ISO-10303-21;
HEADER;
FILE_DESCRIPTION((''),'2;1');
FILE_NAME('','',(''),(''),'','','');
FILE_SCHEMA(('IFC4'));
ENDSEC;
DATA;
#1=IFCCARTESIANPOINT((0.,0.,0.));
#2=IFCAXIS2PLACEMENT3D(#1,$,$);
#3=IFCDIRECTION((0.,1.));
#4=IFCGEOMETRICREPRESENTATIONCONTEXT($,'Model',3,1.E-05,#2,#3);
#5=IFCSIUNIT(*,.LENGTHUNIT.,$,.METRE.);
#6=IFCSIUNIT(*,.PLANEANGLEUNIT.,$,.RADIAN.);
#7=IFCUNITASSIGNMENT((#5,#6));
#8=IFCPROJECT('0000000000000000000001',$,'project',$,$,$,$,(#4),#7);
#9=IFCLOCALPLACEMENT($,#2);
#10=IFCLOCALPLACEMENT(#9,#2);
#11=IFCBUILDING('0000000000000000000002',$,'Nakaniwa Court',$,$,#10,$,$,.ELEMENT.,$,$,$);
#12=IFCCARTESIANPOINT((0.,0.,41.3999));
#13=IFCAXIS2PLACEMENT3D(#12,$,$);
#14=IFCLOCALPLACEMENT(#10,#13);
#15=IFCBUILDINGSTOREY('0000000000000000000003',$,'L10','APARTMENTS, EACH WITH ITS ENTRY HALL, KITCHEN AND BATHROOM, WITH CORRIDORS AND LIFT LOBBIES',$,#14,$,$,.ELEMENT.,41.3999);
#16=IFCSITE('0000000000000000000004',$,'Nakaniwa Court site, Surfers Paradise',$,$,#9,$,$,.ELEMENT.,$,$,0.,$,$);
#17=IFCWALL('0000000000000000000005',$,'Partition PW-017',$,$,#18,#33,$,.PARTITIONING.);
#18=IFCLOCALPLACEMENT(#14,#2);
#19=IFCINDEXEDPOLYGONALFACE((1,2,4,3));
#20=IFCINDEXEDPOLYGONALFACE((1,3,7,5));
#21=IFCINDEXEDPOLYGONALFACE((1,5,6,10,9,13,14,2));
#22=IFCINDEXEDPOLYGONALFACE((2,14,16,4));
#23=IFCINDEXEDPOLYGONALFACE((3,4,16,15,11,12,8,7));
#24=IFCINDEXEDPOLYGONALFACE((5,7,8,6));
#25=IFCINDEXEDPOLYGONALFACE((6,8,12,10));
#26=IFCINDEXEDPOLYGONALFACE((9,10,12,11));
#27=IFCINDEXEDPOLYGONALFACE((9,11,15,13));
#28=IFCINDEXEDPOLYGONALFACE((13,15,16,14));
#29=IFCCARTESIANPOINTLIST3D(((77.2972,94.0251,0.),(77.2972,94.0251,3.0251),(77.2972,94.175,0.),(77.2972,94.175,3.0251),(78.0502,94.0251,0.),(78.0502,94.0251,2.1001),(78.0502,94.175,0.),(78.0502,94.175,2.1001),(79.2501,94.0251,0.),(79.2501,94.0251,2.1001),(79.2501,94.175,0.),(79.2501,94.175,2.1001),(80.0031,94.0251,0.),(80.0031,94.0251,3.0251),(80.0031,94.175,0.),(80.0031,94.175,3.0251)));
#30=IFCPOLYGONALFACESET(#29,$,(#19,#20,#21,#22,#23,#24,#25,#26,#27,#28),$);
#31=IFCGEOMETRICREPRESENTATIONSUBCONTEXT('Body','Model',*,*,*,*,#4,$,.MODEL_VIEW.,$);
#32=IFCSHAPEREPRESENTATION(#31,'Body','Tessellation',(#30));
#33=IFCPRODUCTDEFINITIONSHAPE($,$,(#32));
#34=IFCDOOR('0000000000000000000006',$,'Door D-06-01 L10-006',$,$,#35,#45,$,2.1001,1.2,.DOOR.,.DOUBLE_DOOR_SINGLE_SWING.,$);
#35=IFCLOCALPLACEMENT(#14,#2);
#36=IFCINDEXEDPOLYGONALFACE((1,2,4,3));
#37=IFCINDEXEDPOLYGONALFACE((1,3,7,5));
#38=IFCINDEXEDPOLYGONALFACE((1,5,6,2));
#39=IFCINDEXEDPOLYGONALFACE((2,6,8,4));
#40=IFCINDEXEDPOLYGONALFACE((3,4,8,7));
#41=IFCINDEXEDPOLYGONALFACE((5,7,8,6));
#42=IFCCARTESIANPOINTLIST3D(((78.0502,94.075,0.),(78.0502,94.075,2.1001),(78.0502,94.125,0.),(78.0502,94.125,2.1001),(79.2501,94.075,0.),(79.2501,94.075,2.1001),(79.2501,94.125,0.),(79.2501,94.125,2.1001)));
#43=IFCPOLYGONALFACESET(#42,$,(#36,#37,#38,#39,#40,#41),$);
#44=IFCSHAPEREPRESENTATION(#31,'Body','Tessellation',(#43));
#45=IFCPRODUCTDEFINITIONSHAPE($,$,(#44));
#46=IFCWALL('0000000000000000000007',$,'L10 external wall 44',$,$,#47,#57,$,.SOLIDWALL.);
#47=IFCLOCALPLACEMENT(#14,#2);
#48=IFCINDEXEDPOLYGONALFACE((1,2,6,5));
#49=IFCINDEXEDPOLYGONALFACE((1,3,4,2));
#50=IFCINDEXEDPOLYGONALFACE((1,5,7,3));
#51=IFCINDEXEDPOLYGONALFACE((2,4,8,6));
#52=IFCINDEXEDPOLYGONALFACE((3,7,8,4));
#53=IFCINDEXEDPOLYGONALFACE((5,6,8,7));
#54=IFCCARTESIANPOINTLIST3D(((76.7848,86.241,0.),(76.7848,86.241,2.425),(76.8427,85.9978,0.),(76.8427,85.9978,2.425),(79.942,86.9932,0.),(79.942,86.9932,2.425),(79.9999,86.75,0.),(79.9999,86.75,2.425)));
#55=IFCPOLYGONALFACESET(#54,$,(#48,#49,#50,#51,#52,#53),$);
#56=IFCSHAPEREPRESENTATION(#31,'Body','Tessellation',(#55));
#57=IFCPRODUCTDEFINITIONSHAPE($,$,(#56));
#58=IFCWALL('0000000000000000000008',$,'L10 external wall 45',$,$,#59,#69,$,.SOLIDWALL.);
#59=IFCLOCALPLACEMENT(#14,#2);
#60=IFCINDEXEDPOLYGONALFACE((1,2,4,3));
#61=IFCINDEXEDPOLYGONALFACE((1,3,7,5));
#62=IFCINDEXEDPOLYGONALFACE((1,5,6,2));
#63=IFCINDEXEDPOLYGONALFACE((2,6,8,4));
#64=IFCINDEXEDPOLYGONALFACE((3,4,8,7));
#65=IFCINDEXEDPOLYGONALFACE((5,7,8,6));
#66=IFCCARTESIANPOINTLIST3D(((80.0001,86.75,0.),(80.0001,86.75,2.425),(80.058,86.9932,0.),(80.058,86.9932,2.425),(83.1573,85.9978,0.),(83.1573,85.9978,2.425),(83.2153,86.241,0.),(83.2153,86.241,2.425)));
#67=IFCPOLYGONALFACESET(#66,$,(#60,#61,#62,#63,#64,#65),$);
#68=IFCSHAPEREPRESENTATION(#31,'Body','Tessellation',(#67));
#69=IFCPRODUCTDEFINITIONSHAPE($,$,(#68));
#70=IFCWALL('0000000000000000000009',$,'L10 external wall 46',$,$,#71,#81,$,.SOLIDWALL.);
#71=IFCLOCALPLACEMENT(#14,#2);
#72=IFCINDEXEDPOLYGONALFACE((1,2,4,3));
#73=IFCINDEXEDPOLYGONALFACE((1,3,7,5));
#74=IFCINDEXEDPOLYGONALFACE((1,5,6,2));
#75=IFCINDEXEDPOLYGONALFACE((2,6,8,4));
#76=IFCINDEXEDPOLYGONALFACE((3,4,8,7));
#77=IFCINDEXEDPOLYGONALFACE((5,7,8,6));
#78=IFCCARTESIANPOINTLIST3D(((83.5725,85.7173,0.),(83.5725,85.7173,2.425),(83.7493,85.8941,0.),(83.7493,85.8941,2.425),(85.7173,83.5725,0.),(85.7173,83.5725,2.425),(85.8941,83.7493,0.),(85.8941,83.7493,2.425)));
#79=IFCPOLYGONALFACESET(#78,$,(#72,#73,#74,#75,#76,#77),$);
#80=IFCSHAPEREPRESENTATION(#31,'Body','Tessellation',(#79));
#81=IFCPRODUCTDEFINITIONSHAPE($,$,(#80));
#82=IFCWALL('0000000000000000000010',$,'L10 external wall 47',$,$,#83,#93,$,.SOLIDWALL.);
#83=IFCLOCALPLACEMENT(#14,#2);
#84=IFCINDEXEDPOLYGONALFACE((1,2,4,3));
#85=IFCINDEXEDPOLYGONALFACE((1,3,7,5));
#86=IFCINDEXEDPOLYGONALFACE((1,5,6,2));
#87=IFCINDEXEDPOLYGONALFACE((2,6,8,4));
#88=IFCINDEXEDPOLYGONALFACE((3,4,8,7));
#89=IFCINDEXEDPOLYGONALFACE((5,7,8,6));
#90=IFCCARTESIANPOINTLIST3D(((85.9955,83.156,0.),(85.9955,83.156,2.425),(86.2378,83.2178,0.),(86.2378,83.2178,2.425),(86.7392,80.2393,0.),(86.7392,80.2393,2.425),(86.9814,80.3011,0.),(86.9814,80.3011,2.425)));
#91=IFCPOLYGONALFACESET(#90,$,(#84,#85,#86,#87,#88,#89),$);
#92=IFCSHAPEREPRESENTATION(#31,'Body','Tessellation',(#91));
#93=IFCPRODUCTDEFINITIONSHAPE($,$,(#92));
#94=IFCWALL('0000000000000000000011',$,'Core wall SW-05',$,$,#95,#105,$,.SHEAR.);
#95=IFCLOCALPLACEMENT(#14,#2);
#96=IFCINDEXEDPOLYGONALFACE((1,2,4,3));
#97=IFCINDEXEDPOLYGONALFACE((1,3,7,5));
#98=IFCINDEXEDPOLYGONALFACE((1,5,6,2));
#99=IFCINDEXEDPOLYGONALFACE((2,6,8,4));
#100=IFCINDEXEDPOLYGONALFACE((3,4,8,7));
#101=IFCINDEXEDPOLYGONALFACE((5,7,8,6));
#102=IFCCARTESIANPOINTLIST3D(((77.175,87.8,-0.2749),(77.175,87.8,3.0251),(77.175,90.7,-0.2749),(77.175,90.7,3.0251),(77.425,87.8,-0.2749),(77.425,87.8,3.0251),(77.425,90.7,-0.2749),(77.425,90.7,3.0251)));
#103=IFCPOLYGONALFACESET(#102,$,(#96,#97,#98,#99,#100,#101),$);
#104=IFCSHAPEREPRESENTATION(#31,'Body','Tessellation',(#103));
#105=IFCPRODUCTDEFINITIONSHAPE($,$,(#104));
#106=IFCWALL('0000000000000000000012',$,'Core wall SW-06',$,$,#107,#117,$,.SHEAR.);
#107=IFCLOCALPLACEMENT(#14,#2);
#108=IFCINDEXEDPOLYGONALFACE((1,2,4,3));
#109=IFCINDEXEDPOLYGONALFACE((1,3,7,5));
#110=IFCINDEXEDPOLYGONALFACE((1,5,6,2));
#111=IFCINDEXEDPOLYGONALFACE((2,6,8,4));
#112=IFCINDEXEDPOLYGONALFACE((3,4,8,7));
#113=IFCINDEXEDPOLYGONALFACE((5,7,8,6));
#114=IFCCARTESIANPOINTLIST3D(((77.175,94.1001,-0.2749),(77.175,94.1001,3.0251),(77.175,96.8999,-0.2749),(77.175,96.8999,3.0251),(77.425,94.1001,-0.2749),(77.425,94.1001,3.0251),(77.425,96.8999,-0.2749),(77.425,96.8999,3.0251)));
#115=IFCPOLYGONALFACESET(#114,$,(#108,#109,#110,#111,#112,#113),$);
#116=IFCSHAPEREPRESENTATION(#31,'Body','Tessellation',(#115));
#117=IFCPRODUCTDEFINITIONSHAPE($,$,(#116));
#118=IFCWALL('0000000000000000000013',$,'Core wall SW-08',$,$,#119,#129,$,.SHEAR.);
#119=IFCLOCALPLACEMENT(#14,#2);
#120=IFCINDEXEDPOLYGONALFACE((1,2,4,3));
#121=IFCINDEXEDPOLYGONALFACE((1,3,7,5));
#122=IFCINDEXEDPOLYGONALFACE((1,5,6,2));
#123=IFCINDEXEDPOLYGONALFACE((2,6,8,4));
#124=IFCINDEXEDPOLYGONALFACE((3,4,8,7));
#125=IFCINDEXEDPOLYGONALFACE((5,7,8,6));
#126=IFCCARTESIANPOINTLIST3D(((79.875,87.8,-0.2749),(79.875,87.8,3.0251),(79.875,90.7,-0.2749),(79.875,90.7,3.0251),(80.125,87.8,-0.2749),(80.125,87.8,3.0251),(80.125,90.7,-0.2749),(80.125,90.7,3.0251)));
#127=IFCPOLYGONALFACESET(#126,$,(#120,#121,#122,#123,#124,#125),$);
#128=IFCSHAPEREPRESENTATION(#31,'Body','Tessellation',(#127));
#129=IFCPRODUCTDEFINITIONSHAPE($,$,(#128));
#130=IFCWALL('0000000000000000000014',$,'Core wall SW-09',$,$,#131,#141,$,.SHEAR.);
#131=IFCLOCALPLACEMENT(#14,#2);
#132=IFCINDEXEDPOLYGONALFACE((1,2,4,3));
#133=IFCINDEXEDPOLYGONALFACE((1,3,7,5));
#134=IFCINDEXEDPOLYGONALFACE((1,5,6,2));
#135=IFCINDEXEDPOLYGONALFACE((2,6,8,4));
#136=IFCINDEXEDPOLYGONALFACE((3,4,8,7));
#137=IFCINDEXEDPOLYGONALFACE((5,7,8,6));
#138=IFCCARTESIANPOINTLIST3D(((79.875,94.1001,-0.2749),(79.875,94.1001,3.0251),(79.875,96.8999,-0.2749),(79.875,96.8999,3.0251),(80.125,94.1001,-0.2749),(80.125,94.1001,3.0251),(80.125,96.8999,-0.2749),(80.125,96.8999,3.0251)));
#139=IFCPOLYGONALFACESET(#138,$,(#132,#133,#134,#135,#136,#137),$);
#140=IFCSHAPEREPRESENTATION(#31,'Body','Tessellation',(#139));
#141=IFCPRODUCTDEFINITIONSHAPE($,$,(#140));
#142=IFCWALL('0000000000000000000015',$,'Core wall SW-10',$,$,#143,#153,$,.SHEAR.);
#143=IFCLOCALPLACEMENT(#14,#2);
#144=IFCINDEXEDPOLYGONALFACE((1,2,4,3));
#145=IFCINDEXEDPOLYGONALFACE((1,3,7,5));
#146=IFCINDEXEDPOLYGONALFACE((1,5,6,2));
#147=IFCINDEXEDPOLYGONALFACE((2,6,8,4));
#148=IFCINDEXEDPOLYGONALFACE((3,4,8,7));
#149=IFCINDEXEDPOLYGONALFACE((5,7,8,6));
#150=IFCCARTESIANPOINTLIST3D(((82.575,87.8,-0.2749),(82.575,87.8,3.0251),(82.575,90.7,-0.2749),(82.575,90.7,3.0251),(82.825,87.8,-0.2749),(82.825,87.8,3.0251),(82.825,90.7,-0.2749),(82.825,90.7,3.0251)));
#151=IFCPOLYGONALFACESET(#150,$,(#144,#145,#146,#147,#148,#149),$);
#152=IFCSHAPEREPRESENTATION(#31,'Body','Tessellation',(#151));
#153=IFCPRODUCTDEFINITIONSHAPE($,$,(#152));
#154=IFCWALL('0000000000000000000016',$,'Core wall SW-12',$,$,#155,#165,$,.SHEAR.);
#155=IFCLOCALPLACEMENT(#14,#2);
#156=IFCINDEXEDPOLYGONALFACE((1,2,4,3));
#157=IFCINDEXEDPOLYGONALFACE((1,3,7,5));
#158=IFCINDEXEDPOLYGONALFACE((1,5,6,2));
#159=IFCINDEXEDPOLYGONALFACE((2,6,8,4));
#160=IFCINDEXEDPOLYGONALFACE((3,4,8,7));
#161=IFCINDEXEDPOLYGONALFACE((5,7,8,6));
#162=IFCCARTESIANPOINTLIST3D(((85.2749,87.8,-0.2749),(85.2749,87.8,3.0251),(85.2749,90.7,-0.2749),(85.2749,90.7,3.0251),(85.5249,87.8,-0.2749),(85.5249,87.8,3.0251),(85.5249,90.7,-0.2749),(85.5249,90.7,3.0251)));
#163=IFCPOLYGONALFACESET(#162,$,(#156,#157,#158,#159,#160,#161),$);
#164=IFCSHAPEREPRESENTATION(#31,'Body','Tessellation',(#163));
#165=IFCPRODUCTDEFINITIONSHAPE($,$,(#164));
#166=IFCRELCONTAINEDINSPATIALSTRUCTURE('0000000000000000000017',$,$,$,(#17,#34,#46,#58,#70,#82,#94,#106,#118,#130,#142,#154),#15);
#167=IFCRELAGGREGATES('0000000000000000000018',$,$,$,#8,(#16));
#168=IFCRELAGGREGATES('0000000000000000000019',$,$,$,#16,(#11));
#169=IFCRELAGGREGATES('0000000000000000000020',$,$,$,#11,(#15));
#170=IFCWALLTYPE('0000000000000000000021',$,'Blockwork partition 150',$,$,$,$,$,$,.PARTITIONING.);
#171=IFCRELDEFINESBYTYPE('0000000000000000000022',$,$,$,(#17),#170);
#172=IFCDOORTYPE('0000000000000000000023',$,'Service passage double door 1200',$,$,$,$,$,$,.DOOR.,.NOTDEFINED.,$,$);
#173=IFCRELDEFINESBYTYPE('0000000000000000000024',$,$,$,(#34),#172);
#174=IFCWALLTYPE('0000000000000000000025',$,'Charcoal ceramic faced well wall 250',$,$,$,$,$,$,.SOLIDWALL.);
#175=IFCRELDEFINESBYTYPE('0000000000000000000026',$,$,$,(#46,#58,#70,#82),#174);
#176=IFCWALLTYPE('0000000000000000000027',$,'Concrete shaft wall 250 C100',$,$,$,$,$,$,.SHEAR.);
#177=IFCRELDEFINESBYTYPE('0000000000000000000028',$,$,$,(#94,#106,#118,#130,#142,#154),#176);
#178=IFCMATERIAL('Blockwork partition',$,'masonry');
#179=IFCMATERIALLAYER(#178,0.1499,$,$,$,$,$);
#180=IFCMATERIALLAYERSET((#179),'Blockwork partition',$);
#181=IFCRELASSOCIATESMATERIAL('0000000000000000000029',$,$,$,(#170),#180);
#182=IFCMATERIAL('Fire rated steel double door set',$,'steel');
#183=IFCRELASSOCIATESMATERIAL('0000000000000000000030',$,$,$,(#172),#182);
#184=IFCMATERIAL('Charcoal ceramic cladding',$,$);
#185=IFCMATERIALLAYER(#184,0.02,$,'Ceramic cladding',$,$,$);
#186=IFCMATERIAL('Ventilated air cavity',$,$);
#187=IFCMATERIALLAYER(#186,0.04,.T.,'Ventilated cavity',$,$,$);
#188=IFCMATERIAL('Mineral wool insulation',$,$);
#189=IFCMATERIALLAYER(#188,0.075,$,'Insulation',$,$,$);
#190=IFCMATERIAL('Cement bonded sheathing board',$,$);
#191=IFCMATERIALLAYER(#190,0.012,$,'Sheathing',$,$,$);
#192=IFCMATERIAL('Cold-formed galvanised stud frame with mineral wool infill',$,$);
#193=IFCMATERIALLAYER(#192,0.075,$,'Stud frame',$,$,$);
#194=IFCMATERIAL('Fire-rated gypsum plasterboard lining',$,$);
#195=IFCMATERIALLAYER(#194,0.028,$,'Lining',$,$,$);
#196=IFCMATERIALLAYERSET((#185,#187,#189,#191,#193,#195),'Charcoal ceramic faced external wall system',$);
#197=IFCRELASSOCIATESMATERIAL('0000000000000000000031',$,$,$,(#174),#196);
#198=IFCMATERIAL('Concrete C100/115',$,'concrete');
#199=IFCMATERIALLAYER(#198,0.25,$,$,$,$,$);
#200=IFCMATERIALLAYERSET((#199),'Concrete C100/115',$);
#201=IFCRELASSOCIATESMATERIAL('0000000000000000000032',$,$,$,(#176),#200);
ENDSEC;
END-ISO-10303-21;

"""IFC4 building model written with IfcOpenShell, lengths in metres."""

from ifc_helpers import new_model, si_unit, direction, frame, frame_2d, origin, place, context, subcontext, project, spatial, rectangle, extrude, material, layer, layer_set, type_object, element, fill, save


model = new_model("IFC4")

# Units and contexts
model_context = context("Model", 3, precision=1e-05, world=origin(), true_north=direction((0.0, 1.0)))
body_context = subcontext(model_context, "Body", "Model", "MODEL_VIEW")
ifc_project = project(units=[si_unit("LENGTHUNIT", "METRE"), si_unit("PLANEANGLEUNIT", "RADIAN")], contexts=[model_context])

# Site, building, storey
site_placement = place(None, origin())
site = spatial("IfcSite", under=ifc_project, at=site_placement, Name="Nakaniwa Court site, Surfers Paradise", CompositionType="ELEMENT", RefElevation=0.0)
building_placement = place(site_placement, origin())
building = spatial("IfcBuilding", under=site, at=building_placement, Name="Nakaniwa Court", CompositionType="ELEMENT")
storey_placement = place(building_placement, frame((0.0, 0.0, 41.3999)))
storey = spatial("IfcBuildingStorey", under=building, at=storey_placement, Name="L10", Description="APARTMENTS, EACH WITH ITS ENTRY HALL, KITCHEN AND BATHROOM, WITH CORRIDORS AND LIFT LOBBIES", CompositionType="ELEMENT", Elevation=41.3999)

# Shared definitions
ifc_material_1 = material(Name="Concrete C100/115", Category="concrete")

# Wall, opening, door
ifc_material_2 = material(Name="Blockwork partition", Category="masonry")
ifc_layer_1 = layer(ifc_material_2, 0.1499)
ifc_layer_set_1 = layer_set([ifc_layer_1], Name="Blockwork partition")
wall_type_1 = type_object("IfcWallType", Name="Blockwork partition 150", PredefinedType="PARTITIONING", material=ifc_layer_set_1)
wall_1_placement = place(storey_placement, frame((77.2971, 94.1001, 0.0), z_axis=(0.0, 0.0, 1.0), x_axis=(1.0, 0.0, 0.0)))
wall_1 = element("IfcWall", 1, at=wall_1_placement, inside=storey, type_object=wall_type_1, Name="Partition PW-017", PredefinedType="PARTITIONING", context=body_context, shape_type="SweptSolid", body=[
    extrude(rectangle(XDim=2.7058, YDim=0.1499, at=frame_2d((1.353, 0.0))), origin(), (0.0, 0.0, 1.0), 3.0251),
])
opening_1_placement = place(wall_1_placement, frame((0.7529, 0.0, 0.0)))
opening_1 = element("IfcOpeningElement", 2, at=opening_1_placement, cuts=wall_1, PredefinedType="OPENING", context=body_context, shape_type="SweptSolid", body=[
    extrude(rectangle(XDim=1.2, YDim=2.1001, at=frame_2d((0.6001, 1.05))), frame((0.0, 0.085, 0.0), z_axis=(0.0, -1.0, 0.0), x_axis=(1.0, 0.0, 0.0)), (0.0, 0.0, 1.0), 0.1699),
])
ifc_material_3 = material(Name="Fire rated steel double door set", Category="steel")
door_type_1 = type_object("IfcDoorType", Name="Service passage double door 1200", OperationType="NOTDEFINED", PredefinedType="DOOR", material=ifc_material_3)
door_1_placement = place(opening_1_placement, origin())
door_1 = element("IfcDoor", 3, at=door_1_placement, inside=storey, type_object=door_type_1, Name="Door D-06-01 L10-006", OperationType="DOUBLE_DOOR_SINGLE_SWING", OverallHeight=2.1001, OverallWidth=1.2, PredefinedType="DOOR", context=body_context, shape_type="SweptSolid", body=[
    extrude(rectangle(XDim=1.2, YDim=2.1001, at=frame_2d((0.6001, 1.05))), frame((0.0, 0.0249, 0.0), z_axis=(0.0, -1.0, 0.0), x_axis=(1.0, 0.0, 0.0)), (0.0, 0.0, 1.0), 0.05),
])
fill(opening_1, door_1)

# Walls
ifc_material_4 = material(Name="Charcoal ceramic cladding")
ifc_layer_2 = layer(ifc_material_4, 0.02, Name="Ceramic cladding")
ifc_material_5 = material(Name="Ventilated air cavity")
ifc_layer_3 = layer(ifc_material_5, 0.04, ventilated=True, Name="Ventilated cavity")
ifc_material_6 = material(Name="Mineral wool insulation")
ifc_layer_4 = layer(ifc_material_6, 0.075, Name="Insulation")
ifc_material_7 = material(Name="Cement bonded sheathing board")
ifc_layer_5 = layer(ifc_material_7, 0.012, Name="Sheathing")
ifc_material_8 = material(Name="Cold-formed galvanised stud frame with mineral wool infill")
ifc_layer_6 = layer(ifc_material_8, 0.075, Name="Stud frame")
ifc_material_9 = material(Name="Fire-rated gypsum plasterboard lining")
ifc_layer_7 = layer(ifc_material_9, 0.028, Name="Lining")
ifc_layer_set_2 = layer_set([ifc_layer_2, ifc_layer_3, ifc_layer_4, ifc_layer_5, ifc_layer_6, ifc_layer_7], Name="Charcoal ceramic faced external wall system")
wall_type_2 = type_object("IfcWallType", Name="Charcoal ceramic faced well wall 250", PredefinedType="SOLIDWALL", material=ifc_layer_set_2)
for number, where, z_axis, x_axis, name in (
    (4, (76.8137, 86.1194, 0.0), (0.0, 0.0, 1.0), (0.972773, 0.23176, 0.0), "L10 external wall 44"),
    (5, (80.0291, 86.8716, 0.0), (0.0, 0.0, 1.0), (0.972773, -0.23176, 0.0), "L10 external wall 45"),
):
    element("IfcWall", number, at=place(storey_placement, frame(where, z_axis=z_axis, x_axis=x_axis)), inside=storey, type_object=wall_type_2, Name=name, PredefinedType="SOLIDWALL", context=body_context, shape_type="SweptSolid", body=[
        extrude(rectangle(XDim=3.2456, YDim=0.25, at=frame_2d((1.6228, 0.0))), origin(), (0.0, 0.0, 1.0), 2.425),
    ])
wall_2_placement = place(storey_placement, frame((83.6609, 85.8057, 0.0), z_axis=(0.0, 0.0, 1.0), x_axis=(0.707107, -0.707107, 0.0)))
element("IfcWall", 6, at=wall_2_placement, inside=storey, type_object=wall_type_2, Name="L10 external wall 46", PredefinedType="SOLIDWALL", context=body_context, shape_type="SweptSolid", body=[
    extrude(rectangle(XDim=3.0332, YDim=0.25, at=frame_2d((1.5166, 0.0))), origin(), (0.0, 0.0, 1.0), 2.425),
])
wall_3_placement = place(storey_placement, frame((86.1167, 83.1868, 0.0), z_axis=(0.0, 0.0, 1.0), x_axis=(0.247056, -0.969001, 0.0)))
element("IfcWall", 7, at=wall_3_placement, inside=storey, type_object=wall_type_2, Name="L10 external wall 47", PredefinedType="SOLIDWALL", context=body_context, shape_type="SweptSolid", body=[
    extrude(rectangle(XDim=3.01, YDim=0.25, at=frame_2d((1.5049, 0.0))), origin(), (0.0, 0.0, 1.0), 2.425),
])
ifc_layer_8 = layer(ifc_material_1, 0.25)
ifc_layer_set_3 = layer_set([ifc_layer_8], Name="Concrete C100/115")
wall_type_3 = type_object("IfcWallType", Name="Concrete shaft wall 250 C100", PredefinedType="SHEAR", material=ifc_layer_set_3)
wall_4_placement = place(storey_placement, frame((77.3, 87.8, -0.2749), z_axis=(0.0, 0.0, 1.0), x_axis=(0.0, 1.0, 0.0)))
element("IfcWall", 8, at=wall_4_placement, inside=storey, type_object=wall_type_3, Name="Core wall SW-05", PredefinedType="SHEAR", context=body_context, shape_type="SweptSolid", body=[
    extrude(rectangle(XDim=2.8999, YDim=0.25, at=frame_2d((1.45, 0.0))), origin(), (0.0, 0.0, 1.0), 3.3),
])
wall_5_placement = place(storey_placement, frame((77.3, 94.1001, -0.2749), z_axis=(0.0, 0.0, 1.0), x_axis=(0.0, 1.0, 0.0)))
element("IfcWall", 9, at=wall_5_placement, inside=storey, type_object=wall_type_3, Name="Core wall SW-06", PredefinedType="SHEAR", context=body_context, shape_type="SweptSolid", body=[
    extrude(rectangle(XDim=2.7998, YDim=0.25, at=frame_2d((1.3999, 0.0))), origin(), (0.0, 0.0, 1.0), 3.3),
])
wall_6_placement = place(storey_placement, frame((80.0, 87.8, -0.2749), z_axis=(0.0, 0.0, 1.0), x_axis=(0.0, 1.0, 0.0)))
element("IfcWall", 10, at=wall_6_placement, inside=storey, type_object=wall_type_3, Name="Core wall SW-08", PredefinedType="SHEAR", context=body_context, shape_type="SweptSolid", body=[
    extrude(rectangle(XDim=2.8999, YDim=0.25, at=frame_2d((1.45, 0.0))), origin(), (0.0, 0.0, 1.0), 3.3),
])
wall_7_placement = place(storey_placement, frame((80.0, 94.1001, -0.2749), z_axis=(0.0, 0.0, 1.0), x_axis=(0.0, 1.0, 0.0)))
element("IfcWall", 11, at=wall_7_placement, inside=storey, type_object=wall_type_3, Name="Core wall SW-09", PredefinedType="SHEAR", context=body_context, shape_type="SweptSolid", body=[
    extrude(rectangle(XDim=2.7998, YDim=0.25, at=frame_2d((1.3999, 0.0))), origin(), (0.0, 0.0, 1.0), 3.3),
])
for number, where, z_axis, x_axis, name in (
    (12, (82.7, 87.8, -0.2749), (0.0, 0.0, 1.0), (0.0, 1.0, 0.0), "Core wall SW-10"),
    (13, (85.3999, 87.8, -0.2749), (0.0, 0.0, 1.0), (0.0, 1.0, 0.0), "Core wall SW-12"),
):
    element("IfcWall", number, at=place(storey_placement, frame(where, z_axis=z_axis, x_axis=x_axis)), inside=storey, type_object=wall_type_3, Name=name, PredefinedType="SHEAR", context=body_context, shape_type="SweptSolid", body=[
        extrude(rectangle(XDim=2.8999, YDim=0.25, at=frame_2d((1.45, 0.0))), origin(), (0.0, 0.0, 1.0), 3.3),
    ])

save(model, "model.ifc")
